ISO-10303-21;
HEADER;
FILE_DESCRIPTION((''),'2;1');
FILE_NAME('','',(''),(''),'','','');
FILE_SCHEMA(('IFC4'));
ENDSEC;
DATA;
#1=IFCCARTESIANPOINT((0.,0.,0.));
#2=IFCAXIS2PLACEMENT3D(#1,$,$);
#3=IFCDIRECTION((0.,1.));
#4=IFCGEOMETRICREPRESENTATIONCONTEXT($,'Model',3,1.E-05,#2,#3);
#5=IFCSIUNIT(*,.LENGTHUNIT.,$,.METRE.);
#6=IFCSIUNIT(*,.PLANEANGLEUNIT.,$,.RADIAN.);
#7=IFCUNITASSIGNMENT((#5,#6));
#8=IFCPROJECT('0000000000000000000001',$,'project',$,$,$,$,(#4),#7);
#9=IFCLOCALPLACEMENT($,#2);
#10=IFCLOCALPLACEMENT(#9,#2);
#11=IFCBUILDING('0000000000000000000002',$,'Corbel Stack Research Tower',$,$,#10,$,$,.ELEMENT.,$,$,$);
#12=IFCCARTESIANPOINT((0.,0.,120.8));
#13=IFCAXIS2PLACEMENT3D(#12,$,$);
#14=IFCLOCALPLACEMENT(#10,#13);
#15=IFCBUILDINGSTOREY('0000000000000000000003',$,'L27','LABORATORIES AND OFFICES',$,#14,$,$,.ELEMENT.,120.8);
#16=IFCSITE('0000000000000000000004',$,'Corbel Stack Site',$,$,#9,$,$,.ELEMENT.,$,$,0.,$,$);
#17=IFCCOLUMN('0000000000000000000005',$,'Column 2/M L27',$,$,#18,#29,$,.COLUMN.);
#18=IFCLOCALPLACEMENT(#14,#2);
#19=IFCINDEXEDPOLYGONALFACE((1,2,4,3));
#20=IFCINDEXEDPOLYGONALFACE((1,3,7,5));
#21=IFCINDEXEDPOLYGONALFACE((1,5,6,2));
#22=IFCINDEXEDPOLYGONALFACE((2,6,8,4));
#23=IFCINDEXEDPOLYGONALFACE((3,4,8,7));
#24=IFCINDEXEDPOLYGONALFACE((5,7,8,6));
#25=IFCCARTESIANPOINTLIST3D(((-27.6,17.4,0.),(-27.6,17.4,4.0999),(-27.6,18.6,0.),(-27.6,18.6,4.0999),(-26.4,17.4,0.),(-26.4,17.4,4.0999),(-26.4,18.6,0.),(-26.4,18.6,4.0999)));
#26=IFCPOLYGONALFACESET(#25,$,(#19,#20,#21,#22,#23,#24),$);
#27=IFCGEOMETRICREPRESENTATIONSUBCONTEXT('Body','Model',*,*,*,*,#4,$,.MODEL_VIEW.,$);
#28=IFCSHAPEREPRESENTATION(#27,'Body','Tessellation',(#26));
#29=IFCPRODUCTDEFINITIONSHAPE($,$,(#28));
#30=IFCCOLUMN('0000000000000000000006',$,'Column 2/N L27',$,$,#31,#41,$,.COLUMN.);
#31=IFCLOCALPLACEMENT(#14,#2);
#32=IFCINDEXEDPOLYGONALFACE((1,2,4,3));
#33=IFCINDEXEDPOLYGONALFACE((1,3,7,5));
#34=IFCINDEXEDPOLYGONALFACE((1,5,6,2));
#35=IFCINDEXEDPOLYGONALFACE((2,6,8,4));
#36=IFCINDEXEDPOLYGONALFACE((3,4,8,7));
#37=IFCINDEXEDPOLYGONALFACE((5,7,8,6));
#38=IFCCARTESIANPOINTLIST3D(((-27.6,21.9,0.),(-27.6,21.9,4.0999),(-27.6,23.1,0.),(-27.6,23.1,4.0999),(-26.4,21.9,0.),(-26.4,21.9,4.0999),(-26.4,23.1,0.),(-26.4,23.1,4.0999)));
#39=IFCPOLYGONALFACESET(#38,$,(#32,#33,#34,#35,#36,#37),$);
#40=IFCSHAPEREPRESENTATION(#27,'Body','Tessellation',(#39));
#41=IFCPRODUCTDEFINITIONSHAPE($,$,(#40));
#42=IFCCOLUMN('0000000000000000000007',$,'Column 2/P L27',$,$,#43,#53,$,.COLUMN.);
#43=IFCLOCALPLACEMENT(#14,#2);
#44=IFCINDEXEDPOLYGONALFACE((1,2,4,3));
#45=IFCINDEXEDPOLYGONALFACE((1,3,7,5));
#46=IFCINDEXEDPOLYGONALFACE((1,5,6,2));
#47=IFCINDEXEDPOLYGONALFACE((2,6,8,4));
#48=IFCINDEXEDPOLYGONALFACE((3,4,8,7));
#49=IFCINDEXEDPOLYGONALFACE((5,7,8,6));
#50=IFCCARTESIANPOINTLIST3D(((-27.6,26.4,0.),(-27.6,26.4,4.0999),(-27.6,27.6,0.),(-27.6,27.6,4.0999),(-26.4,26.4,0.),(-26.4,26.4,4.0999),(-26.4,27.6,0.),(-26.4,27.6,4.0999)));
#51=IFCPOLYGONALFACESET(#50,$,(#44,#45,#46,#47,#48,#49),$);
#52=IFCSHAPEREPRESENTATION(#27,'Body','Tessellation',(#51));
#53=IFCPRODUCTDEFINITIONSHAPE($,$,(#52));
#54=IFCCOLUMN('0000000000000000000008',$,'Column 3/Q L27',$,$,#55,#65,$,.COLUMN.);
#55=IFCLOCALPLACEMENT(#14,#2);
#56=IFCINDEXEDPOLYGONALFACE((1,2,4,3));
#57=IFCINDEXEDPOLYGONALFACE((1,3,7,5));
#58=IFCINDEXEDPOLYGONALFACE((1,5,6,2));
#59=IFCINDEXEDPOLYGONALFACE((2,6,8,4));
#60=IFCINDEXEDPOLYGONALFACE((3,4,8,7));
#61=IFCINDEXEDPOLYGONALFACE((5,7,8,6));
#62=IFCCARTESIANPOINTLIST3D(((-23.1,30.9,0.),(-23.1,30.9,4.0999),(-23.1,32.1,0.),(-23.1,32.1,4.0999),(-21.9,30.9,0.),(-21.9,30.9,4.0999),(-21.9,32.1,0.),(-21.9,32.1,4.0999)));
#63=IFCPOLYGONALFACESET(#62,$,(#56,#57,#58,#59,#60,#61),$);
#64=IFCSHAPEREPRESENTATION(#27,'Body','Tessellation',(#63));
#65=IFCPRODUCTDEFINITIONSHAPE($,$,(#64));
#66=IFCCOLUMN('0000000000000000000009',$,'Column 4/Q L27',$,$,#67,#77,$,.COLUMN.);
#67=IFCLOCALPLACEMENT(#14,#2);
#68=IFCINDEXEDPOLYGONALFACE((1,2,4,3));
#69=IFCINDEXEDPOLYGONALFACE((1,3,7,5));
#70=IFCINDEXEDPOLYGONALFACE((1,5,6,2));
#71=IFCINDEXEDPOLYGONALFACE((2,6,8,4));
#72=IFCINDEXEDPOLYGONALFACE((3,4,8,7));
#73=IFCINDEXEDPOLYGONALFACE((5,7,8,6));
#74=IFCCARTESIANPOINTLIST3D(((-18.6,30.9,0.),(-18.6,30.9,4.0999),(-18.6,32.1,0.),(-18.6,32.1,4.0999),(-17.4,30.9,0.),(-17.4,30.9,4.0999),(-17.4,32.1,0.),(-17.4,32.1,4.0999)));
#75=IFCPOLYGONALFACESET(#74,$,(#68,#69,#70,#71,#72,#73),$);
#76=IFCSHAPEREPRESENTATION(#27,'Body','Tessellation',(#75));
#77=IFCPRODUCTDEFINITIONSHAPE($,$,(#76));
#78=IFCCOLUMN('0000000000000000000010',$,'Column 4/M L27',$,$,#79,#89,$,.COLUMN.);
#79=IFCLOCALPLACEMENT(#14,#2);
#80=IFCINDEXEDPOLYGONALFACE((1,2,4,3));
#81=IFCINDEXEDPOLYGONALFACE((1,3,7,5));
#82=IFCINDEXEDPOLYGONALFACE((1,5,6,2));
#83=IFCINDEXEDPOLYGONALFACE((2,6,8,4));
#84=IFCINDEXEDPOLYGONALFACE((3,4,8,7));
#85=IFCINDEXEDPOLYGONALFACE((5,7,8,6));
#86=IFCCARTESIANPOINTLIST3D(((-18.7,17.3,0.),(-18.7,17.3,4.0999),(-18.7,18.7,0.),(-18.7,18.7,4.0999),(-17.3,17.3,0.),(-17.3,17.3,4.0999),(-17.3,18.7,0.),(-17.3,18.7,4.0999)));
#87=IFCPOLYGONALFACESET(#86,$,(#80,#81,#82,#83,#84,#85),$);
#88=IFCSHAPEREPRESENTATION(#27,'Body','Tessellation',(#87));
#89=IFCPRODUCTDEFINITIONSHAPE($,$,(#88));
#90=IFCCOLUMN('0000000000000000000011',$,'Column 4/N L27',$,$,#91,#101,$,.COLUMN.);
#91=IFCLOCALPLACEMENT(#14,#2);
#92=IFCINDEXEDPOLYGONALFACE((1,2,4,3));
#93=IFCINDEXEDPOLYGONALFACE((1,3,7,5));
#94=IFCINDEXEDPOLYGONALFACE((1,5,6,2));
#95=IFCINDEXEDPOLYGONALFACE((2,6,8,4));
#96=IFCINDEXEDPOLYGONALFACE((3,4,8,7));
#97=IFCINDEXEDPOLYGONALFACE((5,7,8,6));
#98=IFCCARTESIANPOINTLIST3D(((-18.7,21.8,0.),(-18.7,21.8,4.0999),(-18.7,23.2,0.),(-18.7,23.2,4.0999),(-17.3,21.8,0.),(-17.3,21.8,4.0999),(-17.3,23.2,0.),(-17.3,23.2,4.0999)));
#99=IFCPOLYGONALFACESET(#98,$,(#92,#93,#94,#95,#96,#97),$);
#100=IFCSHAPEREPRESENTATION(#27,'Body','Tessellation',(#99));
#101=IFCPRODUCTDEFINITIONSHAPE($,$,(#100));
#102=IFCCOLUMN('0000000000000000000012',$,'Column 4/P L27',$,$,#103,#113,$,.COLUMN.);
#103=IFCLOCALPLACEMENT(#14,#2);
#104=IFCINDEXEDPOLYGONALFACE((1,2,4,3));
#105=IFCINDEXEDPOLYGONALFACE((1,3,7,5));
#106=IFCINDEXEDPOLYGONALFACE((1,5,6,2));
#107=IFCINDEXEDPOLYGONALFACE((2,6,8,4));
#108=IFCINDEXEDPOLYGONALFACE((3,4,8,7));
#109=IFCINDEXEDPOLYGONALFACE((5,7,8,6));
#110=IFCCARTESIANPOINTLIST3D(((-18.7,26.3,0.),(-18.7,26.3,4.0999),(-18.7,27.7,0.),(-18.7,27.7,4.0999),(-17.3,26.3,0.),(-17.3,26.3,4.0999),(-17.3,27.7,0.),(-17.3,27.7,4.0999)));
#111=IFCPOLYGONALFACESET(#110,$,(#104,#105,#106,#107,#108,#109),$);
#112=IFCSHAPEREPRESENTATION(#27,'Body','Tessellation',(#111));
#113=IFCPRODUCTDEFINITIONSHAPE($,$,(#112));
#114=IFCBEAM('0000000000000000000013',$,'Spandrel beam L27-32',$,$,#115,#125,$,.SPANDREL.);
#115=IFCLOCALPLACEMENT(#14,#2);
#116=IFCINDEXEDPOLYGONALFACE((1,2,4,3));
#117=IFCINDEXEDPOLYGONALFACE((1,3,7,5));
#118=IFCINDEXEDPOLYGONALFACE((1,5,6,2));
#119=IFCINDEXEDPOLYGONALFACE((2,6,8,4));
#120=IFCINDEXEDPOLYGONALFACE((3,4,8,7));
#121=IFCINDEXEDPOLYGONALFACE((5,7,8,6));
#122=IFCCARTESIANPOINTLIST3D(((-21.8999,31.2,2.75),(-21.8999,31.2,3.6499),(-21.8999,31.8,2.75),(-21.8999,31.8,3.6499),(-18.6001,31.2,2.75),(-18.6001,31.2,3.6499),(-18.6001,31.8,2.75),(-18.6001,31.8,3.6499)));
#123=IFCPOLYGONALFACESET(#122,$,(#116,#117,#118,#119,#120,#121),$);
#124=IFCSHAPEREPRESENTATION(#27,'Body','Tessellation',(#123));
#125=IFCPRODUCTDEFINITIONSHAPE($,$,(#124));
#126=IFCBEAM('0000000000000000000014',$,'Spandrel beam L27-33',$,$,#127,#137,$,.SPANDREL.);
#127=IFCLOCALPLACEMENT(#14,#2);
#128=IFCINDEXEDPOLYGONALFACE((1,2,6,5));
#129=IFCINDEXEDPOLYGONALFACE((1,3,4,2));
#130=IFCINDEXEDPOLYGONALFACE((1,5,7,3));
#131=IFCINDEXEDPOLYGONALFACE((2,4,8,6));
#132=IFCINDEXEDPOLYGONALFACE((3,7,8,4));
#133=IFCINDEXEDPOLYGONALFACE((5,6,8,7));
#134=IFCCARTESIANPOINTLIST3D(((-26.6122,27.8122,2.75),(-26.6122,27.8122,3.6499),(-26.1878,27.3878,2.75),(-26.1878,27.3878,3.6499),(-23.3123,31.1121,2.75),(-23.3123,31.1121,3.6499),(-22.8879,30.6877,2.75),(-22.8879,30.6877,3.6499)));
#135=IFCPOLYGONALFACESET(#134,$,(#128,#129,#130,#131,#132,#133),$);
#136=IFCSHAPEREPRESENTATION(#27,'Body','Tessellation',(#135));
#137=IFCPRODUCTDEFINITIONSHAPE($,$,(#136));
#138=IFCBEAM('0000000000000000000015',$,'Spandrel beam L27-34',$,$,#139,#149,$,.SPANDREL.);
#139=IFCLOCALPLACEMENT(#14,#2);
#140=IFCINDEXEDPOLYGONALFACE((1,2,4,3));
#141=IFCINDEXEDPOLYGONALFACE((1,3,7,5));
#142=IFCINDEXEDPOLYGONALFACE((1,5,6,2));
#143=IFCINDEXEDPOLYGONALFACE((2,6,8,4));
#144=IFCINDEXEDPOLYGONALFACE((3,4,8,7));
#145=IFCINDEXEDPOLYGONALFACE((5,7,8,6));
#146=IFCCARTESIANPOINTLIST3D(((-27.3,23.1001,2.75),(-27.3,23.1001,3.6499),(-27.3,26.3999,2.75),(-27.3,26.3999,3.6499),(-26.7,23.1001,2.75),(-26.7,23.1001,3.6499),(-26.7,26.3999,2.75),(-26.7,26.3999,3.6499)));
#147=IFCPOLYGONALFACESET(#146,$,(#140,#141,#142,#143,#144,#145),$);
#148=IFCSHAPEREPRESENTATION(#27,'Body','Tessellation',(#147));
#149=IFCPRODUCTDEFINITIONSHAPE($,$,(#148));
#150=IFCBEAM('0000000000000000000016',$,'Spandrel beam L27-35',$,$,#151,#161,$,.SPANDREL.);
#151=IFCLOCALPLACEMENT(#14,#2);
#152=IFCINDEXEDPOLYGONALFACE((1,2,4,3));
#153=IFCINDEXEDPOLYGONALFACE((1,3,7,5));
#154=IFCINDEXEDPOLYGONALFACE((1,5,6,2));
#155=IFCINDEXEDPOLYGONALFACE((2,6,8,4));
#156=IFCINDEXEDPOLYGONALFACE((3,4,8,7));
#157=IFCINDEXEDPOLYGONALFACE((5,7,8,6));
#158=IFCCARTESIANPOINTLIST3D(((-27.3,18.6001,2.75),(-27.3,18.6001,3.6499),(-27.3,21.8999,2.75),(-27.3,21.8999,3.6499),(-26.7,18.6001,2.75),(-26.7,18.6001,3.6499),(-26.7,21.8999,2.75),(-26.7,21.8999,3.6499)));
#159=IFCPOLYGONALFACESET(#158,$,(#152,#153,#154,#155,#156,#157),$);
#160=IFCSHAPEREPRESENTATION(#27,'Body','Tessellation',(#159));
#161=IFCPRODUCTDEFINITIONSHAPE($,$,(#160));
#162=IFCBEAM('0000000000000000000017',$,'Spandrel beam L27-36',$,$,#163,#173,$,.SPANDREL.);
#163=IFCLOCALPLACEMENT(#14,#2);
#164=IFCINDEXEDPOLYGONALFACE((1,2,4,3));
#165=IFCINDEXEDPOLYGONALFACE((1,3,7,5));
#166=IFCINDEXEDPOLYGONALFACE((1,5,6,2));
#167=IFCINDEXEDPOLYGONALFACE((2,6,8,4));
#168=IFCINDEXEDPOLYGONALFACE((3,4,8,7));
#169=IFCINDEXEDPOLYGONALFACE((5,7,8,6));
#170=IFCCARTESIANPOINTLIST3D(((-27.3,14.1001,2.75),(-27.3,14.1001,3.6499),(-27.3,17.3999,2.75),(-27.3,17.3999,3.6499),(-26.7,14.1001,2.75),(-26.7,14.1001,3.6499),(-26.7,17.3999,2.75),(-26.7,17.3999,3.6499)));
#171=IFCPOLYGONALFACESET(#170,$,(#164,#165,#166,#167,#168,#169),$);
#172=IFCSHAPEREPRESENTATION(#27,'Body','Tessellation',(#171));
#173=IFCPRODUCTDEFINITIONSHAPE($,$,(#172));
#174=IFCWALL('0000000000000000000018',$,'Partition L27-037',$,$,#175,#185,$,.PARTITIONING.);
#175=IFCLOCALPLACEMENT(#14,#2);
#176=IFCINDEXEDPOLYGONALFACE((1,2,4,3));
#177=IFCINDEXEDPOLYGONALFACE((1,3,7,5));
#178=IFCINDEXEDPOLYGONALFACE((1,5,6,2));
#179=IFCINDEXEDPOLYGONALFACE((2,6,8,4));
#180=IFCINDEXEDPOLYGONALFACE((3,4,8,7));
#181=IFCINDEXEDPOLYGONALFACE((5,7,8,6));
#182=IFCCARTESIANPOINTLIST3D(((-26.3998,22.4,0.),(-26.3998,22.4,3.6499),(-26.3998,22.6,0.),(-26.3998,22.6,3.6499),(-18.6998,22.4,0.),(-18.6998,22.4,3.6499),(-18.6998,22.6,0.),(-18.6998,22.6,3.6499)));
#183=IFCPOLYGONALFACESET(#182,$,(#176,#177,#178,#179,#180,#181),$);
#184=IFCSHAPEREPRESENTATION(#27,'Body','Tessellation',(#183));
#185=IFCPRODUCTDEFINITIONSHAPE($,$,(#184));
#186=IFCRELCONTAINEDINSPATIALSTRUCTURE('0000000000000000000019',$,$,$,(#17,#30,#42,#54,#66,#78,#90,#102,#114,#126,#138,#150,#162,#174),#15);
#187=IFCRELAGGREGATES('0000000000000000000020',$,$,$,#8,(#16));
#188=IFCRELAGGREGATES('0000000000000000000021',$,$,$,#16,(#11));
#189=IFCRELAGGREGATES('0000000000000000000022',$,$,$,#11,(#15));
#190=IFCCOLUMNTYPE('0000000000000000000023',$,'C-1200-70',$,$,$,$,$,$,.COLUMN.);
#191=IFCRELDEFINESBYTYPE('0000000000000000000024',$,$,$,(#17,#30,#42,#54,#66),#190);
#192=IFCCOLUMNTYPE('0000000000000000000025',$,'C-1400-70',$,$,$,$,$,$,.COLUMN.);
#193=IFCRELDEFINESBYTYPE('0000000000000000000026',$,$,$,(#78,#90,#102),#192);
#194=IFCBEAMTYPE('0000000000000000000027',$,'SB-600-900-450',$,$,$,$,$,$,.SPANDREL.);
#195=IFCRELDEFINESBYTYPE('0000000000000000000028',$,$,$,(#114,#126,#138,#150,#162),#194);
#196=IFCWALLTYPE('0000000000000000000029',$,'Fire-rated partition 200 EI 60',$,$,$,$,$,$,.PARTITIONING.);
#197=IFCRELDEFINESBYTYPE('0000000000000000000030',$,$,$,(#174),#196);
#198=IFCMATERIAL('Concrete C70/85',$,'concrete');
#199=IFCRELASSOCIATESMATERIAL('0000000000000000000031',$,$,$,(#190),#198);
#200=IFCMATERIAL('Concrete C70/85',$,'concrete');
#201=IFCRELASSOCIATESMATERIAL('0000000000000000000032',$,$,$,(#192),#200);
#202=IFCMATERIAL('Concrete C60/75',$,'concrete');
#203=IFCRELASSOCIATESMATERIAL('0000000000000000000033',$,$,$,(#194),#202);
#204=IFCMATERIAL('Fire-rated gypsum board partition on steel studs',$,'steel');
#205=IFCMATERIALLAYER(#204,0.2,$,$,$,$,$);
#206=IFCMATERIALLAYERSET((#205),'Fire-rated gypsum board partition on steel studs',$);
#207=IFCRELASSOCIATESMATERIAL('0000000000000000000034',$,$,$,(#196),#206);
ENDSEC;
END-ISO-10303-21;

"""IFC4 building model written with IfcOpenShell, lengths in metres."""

from ifc_helpers import new_model, si_unit, direction, frame, frame_2d, origin, origin_2d, place, context, subcontext, project, spatial, rectangle, extrude, material, layer, layer_set, material_profile, profile_set, type_object, element, save


model = new_model("IFC4")

# Units and contexts
model_context = context("Model", 3, precision=1e-05, world=origin(), true_north=direction((0.0, 1.0)))
body_context = subcontext(model_context, "Body", "Model", "MODEL_VIEW")
ifc_project = project(units=[si_unit("LENGTHUNIT", "METRE"), si_unit("PLANEANGLEUNIT", "RADIAN")], contexts=[model_context])

# Site, building, storey
site_placement = place(None, origin())
site = spatial("IfcSite", under=ifc_project, at=site_placement, Name="Corbel Stack Site", CompositionType="ELEMENT", RefElevation=0.0)
building_placement = place(site_placement, origin())
building = spatial("IfcBuilding", under=site, at=building_placement, Name="Corbel Stack Research Tower", CompositionType="ELEMENT")
storey_placement = place(building_placement, frame((0.0, 0.0, 120.8)))
storey = spatial("IfcBuildingStorey", under=building, at=storey_placement, Name="L27", Description="LABORATORIES AND OFFICES", CompositionType="ELEMENT", Elevation=120.8)

# Columns
ifc_material_1 = material(Name="Concrete C70/85", Category="concrete")
ifc_material_profile_1 = material_profile(ifc_material_1, rectangle(XDim=1.2, YDim=1.2, at=origin_2d()), Name="RC 1200 x 1200")
ifc_profile_set_1 = profile_set([ifc_material_profile_1], Name="Concrete C70/85")
column_type_1 = type_object("IfcColumnType", Name="C-1200-70", PredefinedType="COLUMN", material=ifc_profile_set_1)
for number, where, z_axis, x_axis, name in (
    (1, (-27.0, 18.0, 0.0), (0.0, 0.0, 1.0), (1.0, 0.0, 0.0), "Column 2/M L27"),
    (2, (-27.0, 22.5, 0.0), (0.0, 0.0, 1.0), (1.0, 0.0, 0.0), "Column 2/N L27"),
    (3, (-27.0, 27.0, 0.0), (0.0, 0.0, 1.0), (1.0, 0.0, 0.0), "Column 2/P L27"),
    (4, (-22.5, 31.5, 0.0), (0.0, 0.0, 1.0), (1.0, 0.0, 0.0), "Column 3/Q L27"),
    (5, (-18.0, 31.5, 0.0), (0.0, 0.0, 1.0), (1.0, 0.0, 0.0), "Column 4/Q L27"),
):
    element("IfcColumn", number, at=place(storey_placement, frame(where, z_axis=z_axis, x_axis=x_axis)), inside=storey, type_object=column_type_1, Name=name, PredefinedType="COLUMN", context=body_context, shape_type="SweptSolid", body=[
        extrude(rectangle(XDim=1.2, YDim=1.2, at=origin_2d()), origin(), (0.0, 0.0, 1.0), 4.0999),
    ])
ifc_material_2 = material(Name="Concrete C70/85", Category="concrete")
ifc_material_profile_2 = material_profile(ifc_material_2, rectangle(XDim=1.3999, YDim=1.3999, at=origin_2d()), Name="RC 1400 x 1400")
ifc_profile_set_2 = profile_set([ifc_material_profile_2], Name="Concrete C70/85")
column_type_2 = type_object("IfcColumnType", Name="C-1400-70", PredefinedType="COLUMN", material=ifc_profile_set_2)
for number, where, z_axis, x_axis, name in (
    (6, (-18.0, 18.0, 0.0), (0.0, 0.0, 1.0), (1.0, 0.0, 0.0), "Column 4/M L27"),
    (7, (-18.0, 22.5, 0.0), (0.0, 0.0, 1.0), (1.0, 0.0, 0.0), "Column 4/N L27"),
    (8, (-18.0, 27.0, 0.0), (0.0, 0.0, 1.0), (1.0, 0.0, 0.0), "Column 4/P L27"),
):
    element("IfcColumn", number, at=place(storey_placement, frame(where, z_axis=z_axis, x_axis=x_axis)), inside=storey, type_object=column_type_2, Name=name, PredefinedType="COLUMN", context=body_context, shape_type="SweptSolid", body=[
        extrude(rectangle(XDim=1.3999, YDim=1.3999, at=origin_2d()), origin(), (0.0, 0.0, 1.0), 4.0999),
    ])

# Beams
ifc_material_3 = material(Name="Concrete C60/75", Category="concrete")
ifc_material_profile_3 = material_profile(ifc_material_3, rectangle(XDim=0.6001, YDim=0.8999, at=origin_2d()), Name="RC 600 x 900")
ifc_profile_set_3 = profile_set([ifc_material_profile_3], Name="Concrete C60/75")
beam_type = type_object("IfcBeamType", Name="SB-600-900-450", PredefinedType="SPANDREL", material=ifc_profile_set_3)
beam_1_placement = place(storey_placement, frame((-18.6001, 31.5, 3.2), z_axis=(-1.0, 0.0, 0.0), x_axis=(0.0, -1.0, 0.0)))
element("IfcBeam", 9, at=beam_1_placement, inside=storey, type_object=beam_type, Name="Spandrel beam L27-32", PredefinedType="SPANDREL", context=body_context, shape_type="SweptSolid", body=[
    extrude(rectangle(XDim=0.6001, YDim=0.8999, at=origin_2d()), origin(), (0.0, 0.0, 1.0), 3.2998),
])
beam_2_placement = place(storey_placement, frame((-23.1001, 30.8999, 3.2), z_axis=(-0.707107, -0.707107, 0.0), x_axis=(0.707107, -0.707107, 0.0)))
element("IfcBeam", 10, at=beam_2_placement, inside=storey, type_object=beam_type, Name="Spandrel beam L27-33", PredefinedType="SPANDREL", context=body_context, shape_type="SweptSolid", body=[
    extrude(rectangle(XDim=0.6001, YDim=0.8999, at=origin_2d()), origin(), (0.0, 0.0, 1.0), 4.6667),
])
for number, where, z_axis, x_axis, name in (
    (11, (-27.0, 26.3999, 3.2), (0.0, -1.0, 0.0), (1.0, 0.0, 0.0), "Spandrel beam L27-34"),
    (12, (-27.0, 21.8999, 3.2), (0.0, -1.0, 0.0), (1.0, 0.0, 0.0), "Spandrel beam L27-35"),
    (13, (-27.0, 17.3999, 3.2), (0.0, -1.0, 0.0), (1.0, 0.0, 0.0), "Spandrel beam L27-36"),
):
    element("IfcBeam", number, at=place(storey_placement, frame(where, z_axis=z_axis, x_axis=x_axis)), inside=storey, type_object=beam_type, Name=name, PredefinedType="SPANDREL", context=body_context, shape_type="SweptSolid", body=[
        extrude(rectangle(XDim=0.6001, YDim=0.8999, at=origin_2d()), origin(), (0.0, 0.0, 1.0), 3.2998),
    ])

# Wall
ifc_material_4 = material(Name="Fire-rated gypsum board partition on steel studs", Category="steel")
ifc_layer_1 = layer(ifc_material_4, 0.2)
ifc_layer_set_1 = layer_set([ifc_layer_1], Name="Fire-rated gypsum board partition on steel studs")
wall_type_1 = type_object("IfcWallType", Name="Fire-rated partition 200 EI 60", PredefinedType="PARTITIONING", material=ifc_layer_set_1)
wall_1_placement = place(storey_placement, frame((-26.3999, 22.5, 0.0), z_axis=(0.0, 0.0, 1.0), x_axis=(1.0, 0.0, 0.0)))
element("IfcWall", 14, at=wall_1_placement, inside=storey, type_object=wall_type_1, Name="Partition L27-037", PredefinedType="PARTITIONING", context=body_context, shape_type="SweptSolid", body=[
    extrude(rectangle(XDim=7.7, YDim=0.2, at=frame_2d((3.8501, 0.0))), origin(), (0.0, 0.0, 1.0), 3.6499),
])

save(model, "model.ifc")
